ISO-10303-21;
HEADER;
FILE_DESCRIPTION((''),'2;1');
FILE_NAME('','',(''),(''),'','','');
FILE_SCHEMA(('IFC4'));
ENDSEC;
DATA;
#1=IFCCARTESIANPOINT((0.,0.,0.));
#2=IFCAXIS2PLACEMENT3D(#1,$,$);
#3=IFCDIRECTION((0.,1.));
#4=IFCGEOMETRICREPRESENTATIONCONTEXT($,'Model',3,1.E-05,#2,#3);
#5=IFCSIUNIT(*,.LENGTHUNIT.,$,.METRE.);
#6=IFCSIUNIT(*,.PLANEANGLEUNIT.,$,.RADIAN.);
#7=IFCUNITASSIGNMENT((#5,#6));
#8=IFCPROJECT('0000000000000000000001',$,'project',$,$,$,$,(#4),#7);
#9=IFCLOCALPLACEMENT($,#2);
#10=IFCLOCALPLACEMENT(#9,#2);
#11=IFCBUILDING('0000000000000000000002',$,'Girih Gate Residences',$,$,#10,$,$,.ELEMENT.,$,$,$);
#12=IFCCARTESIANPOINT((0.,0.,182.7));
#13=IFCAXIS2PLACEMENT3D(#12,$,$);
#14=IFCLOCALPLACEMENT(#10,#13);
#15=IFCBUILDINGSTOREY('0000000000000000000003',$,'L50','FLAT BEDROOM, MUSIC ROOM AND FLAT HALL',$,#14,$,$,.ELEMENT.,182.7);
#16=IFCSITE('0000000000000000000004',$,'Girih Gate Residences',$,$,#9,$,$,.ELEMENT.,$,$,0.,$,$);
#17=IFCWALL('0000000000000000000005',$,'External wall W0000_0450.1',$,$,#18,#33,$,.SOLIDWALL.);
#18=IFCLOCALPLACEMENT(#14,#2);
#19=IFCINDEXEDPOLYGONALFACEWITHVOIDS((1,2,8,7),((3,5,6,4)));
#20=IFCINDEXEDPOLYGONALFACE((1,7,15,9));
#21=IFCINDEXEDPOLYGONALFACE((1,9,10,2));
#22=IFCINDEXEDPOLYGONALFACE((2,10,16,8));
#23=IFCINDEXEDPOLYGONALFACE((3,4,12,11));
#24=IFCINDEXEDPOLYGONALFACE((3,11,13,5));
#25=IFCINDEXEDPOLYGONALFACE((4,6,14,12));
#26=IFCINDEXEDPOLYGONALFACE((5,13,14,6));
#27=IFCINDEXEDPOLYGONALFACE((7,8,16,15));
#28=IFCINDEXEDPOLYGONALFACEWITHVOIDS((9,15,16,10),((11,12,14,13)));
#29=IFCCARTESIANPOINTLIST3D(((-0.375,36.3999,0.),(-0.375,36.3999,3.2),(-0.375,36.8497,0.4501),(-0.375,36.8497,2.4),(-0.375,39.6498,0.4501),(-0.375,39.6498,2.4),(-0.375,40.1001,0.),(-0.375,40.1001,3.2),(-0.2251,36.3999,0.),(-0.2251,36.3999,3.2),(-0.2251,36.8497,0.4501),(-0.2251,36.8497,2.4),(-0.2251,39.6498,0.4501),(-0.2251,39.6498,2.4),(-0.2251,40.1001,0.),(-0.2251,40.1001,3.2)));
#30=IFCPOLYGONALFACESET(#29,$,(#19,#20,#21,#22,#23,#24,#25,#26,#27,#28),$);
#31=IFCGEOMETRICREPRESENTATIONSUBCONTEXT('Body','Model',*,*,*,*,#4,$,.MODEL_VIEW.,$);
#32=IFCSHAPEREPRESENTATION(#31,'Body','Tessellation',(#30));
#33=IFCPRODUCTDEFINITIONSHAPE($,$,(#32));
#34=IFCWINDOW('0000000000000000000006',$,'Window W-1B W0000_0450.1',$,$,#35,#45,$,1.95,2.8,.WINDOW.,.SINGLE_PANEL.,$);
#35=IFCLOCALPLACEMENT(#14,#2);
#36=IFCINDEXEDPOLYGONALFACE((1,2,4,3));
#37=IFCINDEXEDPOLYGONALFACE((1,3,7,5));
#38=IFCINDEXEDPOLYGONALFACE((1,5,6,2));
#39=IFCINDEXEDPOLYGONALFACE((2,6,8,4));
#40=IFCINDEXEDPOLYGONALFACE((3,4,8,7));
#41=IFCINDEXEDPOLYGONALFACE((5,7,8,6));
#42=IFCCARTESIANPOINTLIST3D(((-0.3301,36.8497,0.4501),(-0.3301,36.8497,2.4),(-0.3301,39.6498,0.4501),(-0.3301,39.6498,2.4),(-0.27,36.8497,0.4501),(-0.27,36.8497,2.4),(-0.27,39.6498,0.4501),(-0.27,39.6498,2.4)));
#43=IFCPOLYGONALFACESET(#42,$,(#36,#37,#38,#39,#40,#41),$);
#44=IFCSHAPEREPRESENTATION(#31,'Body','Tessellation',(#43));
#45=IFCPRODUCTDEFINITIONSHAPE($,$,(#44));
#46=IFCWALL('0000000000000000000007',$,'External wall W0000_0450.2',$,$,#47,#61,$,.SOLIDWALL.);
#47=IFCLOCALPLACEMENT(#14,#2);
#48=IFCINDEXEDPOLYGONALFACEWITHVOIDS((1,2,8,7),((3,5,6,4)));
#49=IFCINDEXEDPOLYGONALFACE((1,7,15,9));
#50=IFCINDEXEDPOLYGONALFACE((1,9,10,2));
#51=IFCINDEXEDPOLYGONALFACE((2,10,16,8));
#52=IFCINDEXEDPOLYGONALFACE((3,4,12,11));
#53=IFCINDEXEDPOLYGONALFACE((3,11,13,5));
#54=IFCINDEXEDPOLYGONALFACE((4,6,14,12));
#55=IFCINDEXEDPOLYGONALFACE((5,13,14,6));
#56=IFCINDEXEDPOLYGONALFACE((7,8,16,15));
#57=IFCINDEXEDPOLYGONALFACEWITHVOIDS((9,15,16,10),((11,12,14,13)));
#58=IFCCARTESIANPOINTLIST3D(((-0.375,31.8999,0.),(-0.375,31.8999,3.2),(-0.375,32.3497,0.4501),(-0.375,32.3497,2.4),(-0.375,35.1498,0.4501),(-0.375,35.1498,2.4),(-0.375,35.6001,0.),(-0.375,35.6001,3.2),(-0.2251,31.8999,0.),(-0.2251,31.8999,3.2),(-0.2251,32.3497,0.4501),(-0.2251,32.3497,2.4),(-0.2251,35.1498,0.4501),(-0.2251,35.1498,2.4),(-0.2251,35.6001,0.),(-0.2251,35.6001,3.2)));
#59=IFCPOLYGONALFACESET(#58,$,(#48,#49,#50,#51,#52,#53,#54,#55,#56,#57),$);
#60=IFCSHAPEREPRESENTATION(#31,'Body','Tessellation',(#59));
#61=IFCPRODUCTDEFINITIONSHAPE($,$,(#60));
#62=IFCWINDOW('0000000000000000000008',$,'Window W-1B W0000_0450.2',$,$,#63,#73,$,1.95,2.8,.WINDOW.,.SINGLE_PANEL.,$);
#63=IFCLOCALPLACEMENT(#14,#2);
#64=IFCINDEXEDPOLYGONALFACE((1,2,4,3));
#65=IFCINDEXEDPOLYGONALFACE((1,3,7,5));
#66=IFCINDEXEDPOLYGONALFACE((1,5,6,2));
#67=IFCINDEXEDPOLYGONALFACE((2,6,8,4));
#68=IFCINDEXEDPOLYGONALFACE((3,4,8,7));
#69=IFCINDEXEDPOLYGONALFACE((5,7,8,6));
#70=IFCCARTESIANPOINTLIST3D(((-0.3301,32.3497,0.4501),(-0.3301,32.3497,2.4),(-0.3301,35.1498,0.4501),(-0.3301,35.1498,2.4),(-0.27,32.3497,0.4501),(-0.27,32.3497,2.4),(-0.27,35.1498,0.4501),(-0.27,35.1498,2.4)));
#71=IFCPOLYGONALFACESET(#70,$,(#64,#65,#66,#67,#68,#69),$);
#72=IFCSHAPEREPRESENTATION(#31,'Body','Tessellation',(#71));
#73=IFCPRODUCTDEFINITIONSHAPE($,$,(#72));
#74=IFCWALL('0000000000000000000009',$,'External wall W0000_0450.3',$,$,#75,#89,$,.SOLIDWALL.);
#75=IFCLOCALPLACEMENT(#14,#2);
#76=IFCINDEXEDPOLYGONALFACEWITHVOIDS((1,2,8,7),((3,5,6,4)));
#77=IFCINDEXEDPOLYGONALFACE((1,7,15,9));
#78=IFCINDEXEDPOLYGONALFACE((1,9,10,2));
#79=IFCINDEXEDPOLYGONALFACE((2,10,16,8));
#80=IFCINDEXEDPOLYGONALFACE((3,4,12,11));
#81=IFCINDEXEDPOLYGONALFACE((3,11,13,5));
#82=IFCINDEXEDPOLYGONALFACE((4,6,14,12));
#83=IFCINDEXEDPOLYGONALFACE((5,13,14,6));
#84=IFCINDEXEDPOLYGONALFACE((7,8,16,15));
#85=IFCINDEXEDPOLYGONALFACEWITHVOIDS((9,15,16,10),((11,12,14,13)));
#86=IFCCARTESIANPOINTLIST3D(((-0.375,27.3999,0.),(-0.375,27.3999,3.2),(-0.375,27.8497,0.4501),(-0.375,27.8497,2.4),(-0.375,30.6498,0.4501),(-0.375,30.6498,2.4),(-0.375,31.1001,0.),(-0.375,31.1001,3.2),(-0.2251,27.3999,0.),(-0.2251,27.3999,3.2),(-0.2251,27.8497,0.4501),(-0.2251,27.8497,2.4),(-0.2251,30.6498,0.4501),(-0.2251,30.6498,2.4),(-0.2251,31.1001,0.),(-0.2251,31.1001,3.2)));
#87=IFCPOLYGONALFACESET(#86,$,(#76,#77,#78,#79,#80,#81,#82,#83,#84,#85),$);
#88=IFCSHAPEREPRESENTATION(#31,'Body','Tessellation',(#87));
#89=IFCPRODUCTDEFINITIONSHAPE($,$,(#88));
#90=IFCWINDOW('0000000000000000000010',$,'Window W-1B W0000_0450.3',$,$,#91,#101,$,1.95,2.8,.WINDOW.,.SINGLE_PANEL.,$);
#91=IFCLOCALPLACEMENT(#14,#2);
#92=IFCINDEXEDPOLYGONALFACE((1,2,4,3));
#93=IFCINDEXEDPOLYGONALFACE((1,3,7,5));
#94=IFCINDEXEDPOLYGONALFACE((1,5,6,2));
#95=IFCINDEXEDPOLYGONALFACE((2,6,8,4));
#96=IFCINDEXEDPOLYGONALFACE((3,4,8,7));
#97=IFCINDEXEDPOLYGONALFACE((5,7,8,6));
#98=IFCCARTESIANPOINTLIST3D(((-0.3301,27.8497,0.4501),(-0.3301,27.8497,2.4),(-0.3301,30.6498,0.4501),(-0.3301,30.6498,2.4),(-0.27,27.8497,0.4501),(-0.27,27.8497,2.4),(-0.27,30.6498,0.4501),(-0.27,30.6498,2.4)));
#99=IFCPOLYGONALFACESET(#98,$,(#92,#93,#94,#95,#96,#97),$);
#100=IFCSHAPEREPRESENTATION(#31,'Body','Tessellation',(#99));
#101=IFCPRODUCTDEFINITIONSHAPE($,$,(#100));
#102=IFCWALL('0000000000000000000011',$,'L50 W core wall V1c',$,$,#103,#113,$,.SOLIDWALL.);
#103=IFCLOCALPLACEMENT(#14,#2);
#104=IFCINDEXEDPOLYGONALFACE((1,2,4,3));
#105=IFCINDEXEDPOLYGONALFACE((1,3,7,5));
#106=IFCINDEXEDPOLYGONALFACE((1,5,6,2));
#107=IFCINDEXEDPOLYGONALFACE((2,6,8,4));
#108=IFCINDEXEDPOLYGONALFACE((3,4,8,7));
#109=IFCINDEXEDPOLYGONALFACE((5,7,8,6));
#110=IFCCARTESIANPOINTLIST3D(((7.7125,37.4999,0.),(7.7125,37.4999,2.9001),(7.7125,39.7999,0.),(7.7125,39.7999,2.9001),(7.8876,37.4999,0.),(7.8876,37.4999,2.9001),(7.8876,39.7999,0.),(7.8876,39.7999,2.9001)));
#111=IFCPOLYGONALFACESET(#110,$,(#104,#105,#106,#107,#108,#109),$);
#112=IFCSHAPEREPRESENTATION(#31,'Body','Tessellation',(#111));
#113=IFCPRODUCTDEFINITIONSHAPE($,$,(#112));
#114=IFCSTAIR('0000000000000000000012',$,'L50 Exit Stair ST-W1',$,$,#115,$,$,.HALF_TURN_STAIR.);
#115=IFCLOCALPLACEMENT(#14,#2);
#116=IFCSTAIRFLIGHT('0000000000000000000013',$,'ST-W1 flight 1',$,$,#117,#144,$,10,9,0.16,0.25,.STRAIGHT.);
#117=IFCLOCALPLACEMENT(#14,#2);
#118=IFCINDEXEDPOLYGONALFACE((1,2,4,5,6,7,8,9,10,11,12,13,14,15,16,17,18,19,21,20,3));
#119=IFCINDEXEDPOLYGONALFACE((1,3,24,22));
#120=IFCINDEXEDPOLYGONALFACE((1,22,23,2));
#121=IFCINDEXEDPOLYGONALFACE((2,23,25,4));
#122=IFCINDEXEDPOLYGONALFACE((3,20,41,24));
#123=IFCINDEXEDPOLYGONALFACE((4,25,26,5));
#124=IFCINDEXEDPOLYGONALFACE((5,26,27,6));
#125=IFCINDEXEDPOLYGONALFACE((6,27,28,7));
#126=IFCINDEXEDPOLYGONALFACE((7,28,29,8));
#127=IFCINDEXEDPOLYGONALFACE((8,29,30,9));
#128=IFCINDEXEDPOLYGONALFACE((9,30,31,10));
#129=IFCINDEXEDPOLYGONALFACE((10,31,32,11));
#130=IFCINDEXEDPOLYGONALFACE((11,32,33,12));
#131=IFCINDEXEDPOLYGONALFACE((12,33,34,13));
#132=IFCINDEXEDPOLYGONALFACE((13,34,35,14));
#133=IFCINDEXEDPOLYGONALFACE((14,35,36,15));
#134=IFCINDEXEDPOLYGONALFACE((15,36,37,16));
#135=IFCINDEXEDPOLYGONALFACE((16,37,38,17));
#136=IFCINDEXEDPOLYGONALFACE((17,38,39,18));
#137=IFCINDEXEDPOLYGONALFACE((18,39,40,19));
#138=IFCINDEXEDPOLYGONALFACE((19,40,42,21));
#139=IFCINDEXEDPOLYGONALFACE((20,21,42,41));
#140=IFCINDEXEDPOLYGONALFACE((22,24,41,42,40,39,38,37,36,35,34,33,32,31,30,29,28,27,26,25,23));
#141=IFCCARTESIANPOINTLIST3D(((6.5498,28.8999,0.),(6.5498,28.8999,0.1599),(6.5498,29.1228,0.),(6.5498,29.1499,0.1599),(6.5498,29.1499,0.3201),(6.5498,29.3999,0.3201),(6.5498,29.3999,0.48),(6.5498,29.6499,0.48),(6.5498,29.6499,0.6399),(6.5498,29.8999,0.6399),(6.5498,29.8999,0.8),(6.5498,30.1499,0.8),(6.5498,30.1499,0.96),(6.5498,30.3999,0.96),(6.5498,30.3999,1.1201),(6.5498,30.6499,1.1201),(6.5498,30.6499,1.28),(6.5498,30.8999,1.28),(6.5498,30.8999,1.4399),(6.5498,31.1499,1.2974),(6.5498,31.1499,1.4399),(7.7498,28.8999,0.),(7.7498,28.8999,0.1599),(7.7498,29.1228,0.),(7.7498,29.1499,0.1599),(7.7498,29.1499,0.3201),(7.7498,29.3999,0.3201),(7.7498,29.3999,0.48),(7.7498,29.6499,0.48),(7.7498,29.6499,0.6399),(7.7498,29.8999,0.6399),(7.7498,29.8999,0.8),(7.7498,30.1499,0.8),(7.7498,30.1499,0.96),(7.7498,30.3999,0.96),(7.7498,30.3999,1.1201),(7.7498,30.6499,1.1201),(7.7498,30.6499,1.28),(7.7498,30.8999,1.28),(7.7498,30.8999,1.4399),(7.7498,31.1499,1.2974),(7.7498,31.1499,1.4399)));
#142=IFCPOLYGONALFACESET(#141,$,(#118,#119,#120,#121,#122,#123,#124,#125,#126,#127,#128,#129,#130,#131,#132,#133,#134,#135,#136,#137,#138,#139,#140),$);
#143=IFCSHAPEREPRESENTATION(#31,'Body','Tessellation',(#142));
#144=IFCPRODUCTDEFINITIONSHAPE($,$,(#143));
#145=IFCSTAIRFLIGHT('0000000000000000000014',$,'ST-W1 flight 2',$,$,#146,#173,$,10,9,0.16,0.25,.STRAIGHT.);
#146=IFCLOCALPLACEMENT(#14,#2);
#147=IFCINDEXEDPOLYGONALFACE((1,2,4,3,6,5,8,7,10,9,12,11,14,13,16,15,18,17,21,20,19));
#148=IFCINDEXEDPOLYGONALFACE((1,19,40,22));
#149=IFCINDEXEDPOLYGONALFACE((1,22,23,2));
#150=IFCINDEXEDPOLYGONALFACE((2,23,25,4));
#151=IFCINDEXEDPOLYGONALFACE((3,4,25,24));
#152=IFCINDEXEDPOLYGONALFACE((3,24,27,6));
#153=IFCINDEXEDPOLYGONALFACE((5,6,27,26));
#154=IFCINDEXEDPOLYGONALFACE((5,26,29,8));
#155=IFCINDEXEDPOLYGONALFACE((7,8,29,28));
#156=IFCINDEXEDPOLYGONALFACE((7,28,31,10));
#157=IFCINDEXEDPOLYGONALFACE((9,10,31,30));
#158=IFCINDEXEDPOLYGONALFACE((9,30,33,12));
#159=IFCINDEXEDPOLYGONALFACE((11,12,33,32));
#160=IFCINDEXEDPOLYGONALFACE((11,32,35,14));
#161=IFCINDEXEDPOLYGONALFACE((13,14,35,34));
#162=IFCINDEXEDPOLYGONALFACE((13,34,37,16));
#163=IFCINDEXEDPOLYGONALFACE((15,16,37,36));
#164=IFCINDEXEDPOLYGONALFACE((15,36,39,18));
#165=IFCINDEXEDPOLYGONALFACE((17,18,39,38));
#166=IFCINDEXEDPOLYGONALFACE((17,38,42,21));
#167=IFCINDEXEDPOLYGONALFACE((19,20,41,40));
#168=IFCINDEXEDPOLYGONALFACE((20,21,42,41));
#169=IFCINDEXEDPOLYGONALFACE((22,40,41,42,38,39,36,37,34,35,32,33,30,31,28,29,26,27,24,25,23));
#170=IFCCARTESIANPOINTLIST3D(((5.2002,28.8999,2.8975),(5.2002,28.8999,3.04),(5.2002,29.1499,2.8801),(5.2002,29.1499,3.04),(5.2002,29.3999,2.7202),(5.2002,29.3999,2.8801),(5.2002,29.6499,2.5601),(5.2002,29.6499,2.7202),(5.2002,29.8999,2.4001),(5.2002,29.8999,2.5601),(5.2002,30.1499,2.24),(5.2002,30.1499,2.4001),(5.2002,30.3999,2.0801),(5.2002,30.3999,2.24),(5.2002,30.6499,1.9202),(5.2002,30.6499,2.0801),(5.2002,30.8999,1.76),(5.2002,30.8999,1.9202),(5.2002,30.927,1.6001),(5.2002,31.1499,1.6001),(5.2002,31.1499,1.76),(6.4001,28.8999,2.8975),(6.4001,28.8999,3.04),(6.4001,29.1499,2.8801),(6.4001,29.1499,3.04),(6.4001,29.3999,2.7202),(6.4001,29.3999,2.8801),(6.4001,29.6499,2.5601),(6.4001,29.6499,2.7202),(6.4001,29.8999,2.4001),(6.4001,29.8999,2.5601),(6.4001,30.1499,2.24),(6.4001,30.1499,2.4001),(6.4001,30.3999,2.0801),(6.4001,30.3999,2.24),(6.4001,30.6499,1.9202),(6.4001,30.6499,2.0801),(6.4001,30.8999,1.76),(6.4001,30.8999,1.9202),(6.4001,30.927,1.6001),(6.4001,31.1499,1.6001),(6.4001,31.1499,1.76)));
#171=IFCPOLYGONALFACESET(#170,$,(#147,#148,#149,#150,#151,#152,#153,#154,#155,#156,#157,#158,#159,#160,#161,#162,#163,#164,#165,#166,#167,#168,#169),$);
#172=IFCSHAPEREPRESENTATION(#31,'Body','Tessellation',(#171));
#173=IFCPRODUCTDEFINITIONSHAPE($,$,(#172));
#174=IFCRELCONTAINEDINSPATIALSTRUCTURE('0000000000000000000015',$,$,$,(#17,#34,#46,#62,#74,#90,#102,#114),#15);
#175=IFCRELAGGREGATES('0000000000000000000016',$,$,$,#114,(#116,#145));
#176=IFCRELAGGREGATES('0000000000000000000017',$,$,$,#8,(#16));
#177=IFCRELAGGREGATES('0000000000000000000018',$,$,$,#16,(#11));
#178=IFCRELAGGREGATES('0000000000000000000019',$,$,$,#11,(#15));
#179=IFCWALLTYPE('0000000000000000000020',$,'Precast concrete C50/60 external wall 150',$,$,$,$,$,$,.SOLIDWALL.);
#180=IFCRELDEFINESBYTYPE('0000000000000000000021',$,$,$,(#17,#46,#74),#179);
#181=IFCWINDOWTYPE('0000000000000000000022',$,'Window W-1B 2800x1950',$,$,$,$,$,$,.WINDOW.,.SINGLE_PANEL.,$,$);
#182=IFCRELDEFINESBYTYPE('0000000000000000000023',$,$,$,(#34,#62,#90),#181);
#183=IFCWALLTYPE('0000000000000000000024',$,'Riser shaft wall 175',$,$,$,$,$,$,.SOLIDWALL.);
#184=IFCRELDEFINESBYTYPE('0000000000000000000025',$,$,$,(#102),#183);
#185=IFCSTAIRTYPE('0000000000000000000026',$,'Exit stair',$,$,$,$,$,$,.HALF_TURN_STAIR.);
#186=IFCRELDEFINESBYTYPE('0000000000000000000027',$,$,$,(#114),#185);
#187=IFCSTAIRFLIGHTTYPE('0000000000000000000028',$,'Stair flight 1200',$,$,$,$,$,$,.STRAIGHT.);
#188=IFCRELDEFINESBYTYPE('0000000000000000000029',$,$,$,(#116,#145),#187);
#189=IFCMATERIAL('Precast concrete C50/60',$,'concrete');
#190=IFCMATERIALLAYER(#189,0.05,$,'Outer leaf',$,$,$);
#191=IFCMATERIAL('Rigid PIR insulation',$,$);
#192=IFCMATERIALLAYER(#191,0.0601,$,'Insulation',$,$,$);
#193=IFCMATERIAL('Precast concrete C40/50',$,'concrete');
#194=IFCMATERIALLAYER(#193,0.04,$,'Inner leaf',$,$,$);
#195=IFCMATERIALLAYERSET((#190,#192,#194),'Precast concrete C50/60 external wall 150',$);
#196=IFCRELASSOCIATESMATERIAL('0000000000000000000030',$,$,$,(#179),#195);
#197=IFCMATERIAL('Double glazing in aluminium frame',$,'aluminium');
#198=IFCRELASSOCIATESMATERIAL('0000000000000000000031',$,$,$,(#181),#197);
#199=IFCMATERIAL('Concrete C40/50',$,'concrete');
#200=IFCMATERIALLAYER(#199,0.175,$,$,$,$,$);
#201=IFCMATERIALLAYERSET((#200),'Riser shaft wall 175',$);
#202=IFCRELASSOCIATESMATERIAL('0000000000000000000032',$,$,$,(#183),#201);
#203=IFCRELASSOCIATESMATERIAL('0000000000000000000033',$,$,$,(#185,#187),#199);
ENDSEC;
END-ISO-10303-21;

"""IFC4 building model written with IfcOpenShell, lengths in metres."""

from ifc_helpers import new_model, si_unit, direction, frame, frame_2d, origin, place, context, subcontext, project, spatial, polyline, rectangle, outline, extrude, material, layer, layer_set, type_object, element, fill, aggregate, save


model = new_model("IFC4")

# Units and contexts
model_context = context("Model", 3, precision=1e-05, world=origin(), true_north=direction((0.0, 1.0)))
body_context = subcontext(model_context, "Body", "Model", "MODEL_VIEW")
ifc_project = project(units=[si_unit("LENGTHUNIT", "METRE"), si_unit("PLANEANGLEUNIT", "RADIAN")], contexts=[model_context])

# Site, building, storey
site_placement = place(None, origin())
site = spatial("IfcSite", under=ifc_project, at=site_placement, Name="Girih Gate Residences", CompositionType="ELEMENT", RefElevation=0.0)
building_placement = place(site_placement, origin())
building = spatial("IfcBuilding", under=site, at=building_placement, Name="Girih Gate Residences", CompositionType="ELEMENT")
storey_placement = place(building_placement, frame((0.0, 0.0, 182.7)))
storey = spatial("IfcBuildingStorey", under=building, at=storey_placement, Name="L50", Description="FLAT BEDROOM, MUSIC ROOM AND FLAT HALL", CompositionType="ELEMENT", Elevation=182.7)

# Shared definitions
ifc_material_1 = material(Name="Concrete C40/50", Category="concrete")

# Walls, openings, windows
ifc_material_2 = material(Name="Precast concrete C50/60", Category="concrete")
ifc_layer_1 = layer(ifc_material_2, 0.05, Name="Outer leaf")
ifc_material_3 = material(Name="Rigid PIR insulation")
ifc_layer_2 = layer(ifc_material_3, 0.0601, Name="Insulation")
ifc_material_4 = material(Name="Precast concrete C40/50", Category="concrete")
ifc_layer_3 = layer(ifc_material_4, 0.04, Name="Inner leaf")
ifc_layer_set_1 = layer_set([ifc_layer_1, ifc_layer_2, ifc_layer_3], Name="Precast concrete C50/60 external wall 150")
wall_type_1 = type_object("IfcWallType", Name="Precast concrete C50/60 external wall 150", PredefinedType="SOLIDWALL", material=ifc_layer_set_1)
wall_1_placement = place(storey_placement, frame((-0.3, 36.3999, 0.0), z_axis=(0.0, 0.0, 1.0), x_axis=(0.0, 1.0, 0.0)))
wall_1 = element("IfcWall", 1, at=wall_1_placement, inside=storey, type_object=wall_type_1, Name="External wall W0000_0450.1", PredefinedType="SOLIDWALL", context=body_context, shape_type="SweptSolid", body=[
    extrude(rectangle(XDim=3.7002, YDim=0.1499, at=frame_2d((1.8501, 0.0))), origin(), (0.0, 0.0, 1.0), 3.2),
])
opening_1_placement = place(wall_1_placement, frame((0.45, 0.0, 0.45)))
opening_1 = element("IfcOpeningElement", 2, at=opening_1_placement, cuts=wall_1, PredefinedType="OPENING", context=body_context, shape_type="SweptSolid", body=[
    extrude(rectangle(XDim=2.8, YDim=1.95, at=frame_2d((1.3999, 0.9751))), frame((0.0, 0.085, 0.0), z_axis=(0.0, -1.0, 0.0), x_axis=(1.0, 0.0, 0.0)), (0.0, 0.0, 1.0), 0.1699),
])
ifc_material_5 = material(Name="Double glazing in aluminium frame", Category="aluminium")
window_type = type_object("IfcWindowType", Name="Window W-1B 2800x1950", PartitioningType="SINGLE_PANEL", PredefinedType="WINDOW", material=ifc_material_5)
window_1_placement = place(opening_1_placement, origin())
window_1 = element("IfcWindow", 3, at=window_1_placement, inside=storey, type_object=window_type, Name="Window W-1B W0000_0450.1", OverallHeight=1.95, OverallWidth=2.8, PartitioningType="SINGLE_PANEL", PredefinedType="WINDOW", context=body_context, shape_type="SweptSolid", body=[
    extrude(rectangle(XDim=2.8, YDim=1.95, at=frame_2d((1.3999, 0.9751))), frame((0.0, 0.03, 0.0), z_axis=(0.0, -1.0, 0.0), x_axis=(1.0, 0.0, 0.0)), (0.0, 0.0, 1.0), 0.0601),
])
fill(opening_1, window_1)
wall_2_placement = place(storey_placement, frame((-0.3, 31.8999, 0.0), z_axis=(0.0, 0.0, 1.0), x_axis=(0.0, 1.0, 0.0)))
wall_2 = element("IfcWall", 4, at=wall_2_placement, inside=storey, type_object=wall_type_1, Name="External wall W0000_0450.2", PredefinedType="SOLIDWALL", context=body_context, shape_type="SweptSolid", body=[
    extrude(rectangle(XDim=3.7002, YDim=0.1499, at=frame_2d((1.8501, 0.0))), origin(), (0.0, 0.0, 1.0), 3.2),
])
opening_2_placement = place(wall_2_placement, frame((0.45, 0.0, 0.45)))
opening_2 = element("IfcOpeningElement", 5, at=opening_2_placement, cuts=wall_2, PredefinedType="OPENING", context=body_context, shape_type="SweptSolid", body=[
    extrude(rectangle(XDim=2.8, YDim=1.95, at=frame_2d((1.3999, 0.9751))), frame((0.0, 0.085, 0.0), z_axis=(0.0, -1.0, 0.0), x_axis=(1.0, 0.0, 0.0)), (0.0, 0.0, 1.0), 0.1699),
])
window_2_placement = place(opening_2_placement, origin())
window_2 = element("IfcWindow", 6, at=window_2_placement, inside=storey, type_object=window_type, Name="Window W-1B W0000_0450.2", OverallHeight=1.95, OverallWidth=2.8, PartitioningType="SINGLE_PANEL", PredefinedType="WINDOW", context=body_context, shape_type="SweptSolid", body=[
    extrude(rectangle(XDim=2.8, YDim=1.95, at=frame_2d((1.3999, 0.9751))), frame((0.0, 0.03, 0.0), z_axis=(0.0, -1.0, 0.0), x_axis=(1.0, 0.0, 0.0)), (0.0, 0.0, 1.0), 0.0601),
])
fill(opening_2, window_2)
wall_3_placement = place(storey_placement, frame((-0.3, 27.3999, 0.0), z_axis=(0.0, 0.0, 1.0), x_axis=(0.0, 1.0, 0.0)))
wall_3 = element("IfcWall", 7, at=wall_3_placement, inside=storey, type_object=wall_type_1, Name="External wall W0000_0450.3", PredefinedType="SOLIDWALL", context=body_context, shape_type="SweptSolid", body=[
    extrude(rectangle(XDim=3.7002, YDim=0.1499, at=frame_2d((1.8501, 0.0))), origin(), (0.0, 0.0, 1.0), 3.2),
])
opening_3_placement = place(wall_3_placement, frame((0.45, 0.0, 0.45)))
opening_3 = element("IfcOpeningElement", 8, at=opening_3_placement, cuts=wall_3, PredefinedType="OPENING", context=body_context, shape_type="SweptSolid", body=[
    extrude(rectangle(XDim=2.8, YDim=1.95, at=frame_2d((1.3999, 0.9751))), frame((0.0, 0.085, 0.0), z_axis=(0.0, -1.0, 0.0), x_axis=(1.0, 0.0, 0.0)), (0.0, 0.0, 1.0), 0.1699),
])
window_3_placement = place(opening_3_placement, origin())
window_3 = element("IfcWindow", 9, at=window_3_placement, inside=storey, type_object=window_type, Name="Window W-1B W0000_0450.3", OverallHeight=1.95, OverallWidth=2.8, PartitioningType="SINGLE_PANEL", PredefinedType="WINDOW", context=body_context, shape_type="SweptSolid", body=[
    extrude(rectangle(XDim=2.8, YDim=1.95, at=frame_2d((1.3999, 0.9751))), frame((0.0, 0.03, 0.0), z_axis=(0.0, -1.0, 0.0), x_axis=(1.0, 0.0, 0.0)), (0.0, 0.0, 1.0), 0.0601),
])
fill(opening_3, window_3)

# Wall
ifc_layer_4 = layer(ifc_material_1, 0.175)
ifc_layer_set_2 = layer_set([ifc_layer_4], Name="Riser shaft wall 175")
wall_type_2 = type_object("IfcWallType", Name="Riser shaft wall 175", PredefinedType="SOLIDWALL", material=ifc_layer_set_2)
wall_4_placement = place(storey_placement, frame((7.8, 37.5, 0.0), z_axis=(0.0, 0.0, 1.0), x_axis=(0.0, 1.0, 0.0)))
element("IfcWall", 10, at=wall_4_placement, inside=storey, type_object=wall_type_2, Name="L50 W core wall V1c", PredefinedType="SOLIDWALL", context=body_context, shape_type="SweptSolid", body=[
    extrude(rectangle(XDim=2.3, YDim=0.175, at=frame_2d((1.1499, 0.0))), origin(), (0.0, 0.0, 1.0), 2.9001),
])

# Stair, stair flights
stair_type = type_object("IfcStairType", Name="Exit stair", PredefinedType="HALF_TURN_STAIR", material=ifc_material_1)
stair_placement = place(storey_placement, origin())
stair = element("IfcStair", 11, at=stair_placement, inside=storey, type_object=stair_type, Name="L50 Exit Stair ST-W1", PredefinedType="HALF_TURN_STAIR")
stair_flight_type = type_object("IfcStairFlightType", Name="Stair flight 1200", PredefinedType="STRAIGHT", material=ifc_material_1)
stair_flight_1_placement = place(storey_placement, frame((7.1499, 28.8999, 0.0), z_axis=(0.0, 0.0, 1.0), x_axis=(0.0, 1.0, 0.0)))
stair_flight_1 = element("IfcStairFlight", 12, at=stair_flight_1_placement, type_object=stair_flight_type, Name="ST-W1 flight 1", NumberOfRisers=10, NumberOfTreads=9, PredefinedType="STRAIGHT", RiserHeight=0.16, TreadLength=0.25, context=body_context, shape_type="SweptSolid", body=[
    extrude(outline(polyline([(0.0, 0.0), (0.0, 0.1599), (0.25, 0.1599), (0.25, 0.3201), (0.5, 0.3201), (0.5, 0.48), (0.75, 0.48), (0.75, 0.6399), (1.0, 0.6399), (1.0, 0.8), (1.25, 0.8), (1.25, 0.96), (1.5, 0.96), (1.5, 1.1201), (1.75, 1.1201), (1.75, 1.28), (2.0, 1.28), (2.0, 1.4399), (2.25, 1.4399), (2.25, 1.6001), (2.25, 1.2974), (0.2229, 0.0), (0.0, 0.0)])), frame((0.0, 0.6001, 0.0), z_axis=(0.0, -1.0, 0.0), x_axis=(1.0, 0.0, 0.0)), (0.0, 0.0, 1.0), 1.2),
])
stair_flight_2_placement = place(storey_placement, frame((5.8, 31.1499, 1.6001), z_axis=(0.0, 0.0, 1.0), x_axis=(0.0, -1.0, 0.0)))
stair_flight_2 = element("IfcStairFlight", 13, at=stair_flight_2_placement, type_object=stair_flight_type, Name="ST-W1 flight 2", NumberOfRisers=10, NumberOfTreads=9, PredefinedType="STRAIGHT", RiserHeight=0.16, TreadLength=0.25, context=body_context, shape_type="SweptSolid", body=[
    extrude(outline(polyline([(0.0, 0.0), (0.0, 0.1599), (0.25, 0.1599), (0.25, 0.3201), (0.5, 0.3201), (0.5, 0.48), (0.75, 0.48), (0.75, 0.6399), (1.0, 0.6399), (1.0, 0.8), (1.25, 0.8), (1.25, 0.96), (1.5, 0.96), (1.5, 1.1201), (1.75, 1.1201), (1.75, 1.28), (2.0, 1.28), (2.0, 1.4399), (2.25, 1.4399), (2.25, 1.6001), (2.25, 1.2974), (0.2229, 0.0), (0.0, 0.0)])), frame((0.0, 0.6001, 0.0), z_axis=(0.0, -1.0, 0.0), x_axis=(1.0, 0.0, 0.0)), (0.0, 0.0, 1.0), 1.2),
])
aggregate(stair, [stair_flight_1, stair_flight_2])

save(model, "model.ifc")
